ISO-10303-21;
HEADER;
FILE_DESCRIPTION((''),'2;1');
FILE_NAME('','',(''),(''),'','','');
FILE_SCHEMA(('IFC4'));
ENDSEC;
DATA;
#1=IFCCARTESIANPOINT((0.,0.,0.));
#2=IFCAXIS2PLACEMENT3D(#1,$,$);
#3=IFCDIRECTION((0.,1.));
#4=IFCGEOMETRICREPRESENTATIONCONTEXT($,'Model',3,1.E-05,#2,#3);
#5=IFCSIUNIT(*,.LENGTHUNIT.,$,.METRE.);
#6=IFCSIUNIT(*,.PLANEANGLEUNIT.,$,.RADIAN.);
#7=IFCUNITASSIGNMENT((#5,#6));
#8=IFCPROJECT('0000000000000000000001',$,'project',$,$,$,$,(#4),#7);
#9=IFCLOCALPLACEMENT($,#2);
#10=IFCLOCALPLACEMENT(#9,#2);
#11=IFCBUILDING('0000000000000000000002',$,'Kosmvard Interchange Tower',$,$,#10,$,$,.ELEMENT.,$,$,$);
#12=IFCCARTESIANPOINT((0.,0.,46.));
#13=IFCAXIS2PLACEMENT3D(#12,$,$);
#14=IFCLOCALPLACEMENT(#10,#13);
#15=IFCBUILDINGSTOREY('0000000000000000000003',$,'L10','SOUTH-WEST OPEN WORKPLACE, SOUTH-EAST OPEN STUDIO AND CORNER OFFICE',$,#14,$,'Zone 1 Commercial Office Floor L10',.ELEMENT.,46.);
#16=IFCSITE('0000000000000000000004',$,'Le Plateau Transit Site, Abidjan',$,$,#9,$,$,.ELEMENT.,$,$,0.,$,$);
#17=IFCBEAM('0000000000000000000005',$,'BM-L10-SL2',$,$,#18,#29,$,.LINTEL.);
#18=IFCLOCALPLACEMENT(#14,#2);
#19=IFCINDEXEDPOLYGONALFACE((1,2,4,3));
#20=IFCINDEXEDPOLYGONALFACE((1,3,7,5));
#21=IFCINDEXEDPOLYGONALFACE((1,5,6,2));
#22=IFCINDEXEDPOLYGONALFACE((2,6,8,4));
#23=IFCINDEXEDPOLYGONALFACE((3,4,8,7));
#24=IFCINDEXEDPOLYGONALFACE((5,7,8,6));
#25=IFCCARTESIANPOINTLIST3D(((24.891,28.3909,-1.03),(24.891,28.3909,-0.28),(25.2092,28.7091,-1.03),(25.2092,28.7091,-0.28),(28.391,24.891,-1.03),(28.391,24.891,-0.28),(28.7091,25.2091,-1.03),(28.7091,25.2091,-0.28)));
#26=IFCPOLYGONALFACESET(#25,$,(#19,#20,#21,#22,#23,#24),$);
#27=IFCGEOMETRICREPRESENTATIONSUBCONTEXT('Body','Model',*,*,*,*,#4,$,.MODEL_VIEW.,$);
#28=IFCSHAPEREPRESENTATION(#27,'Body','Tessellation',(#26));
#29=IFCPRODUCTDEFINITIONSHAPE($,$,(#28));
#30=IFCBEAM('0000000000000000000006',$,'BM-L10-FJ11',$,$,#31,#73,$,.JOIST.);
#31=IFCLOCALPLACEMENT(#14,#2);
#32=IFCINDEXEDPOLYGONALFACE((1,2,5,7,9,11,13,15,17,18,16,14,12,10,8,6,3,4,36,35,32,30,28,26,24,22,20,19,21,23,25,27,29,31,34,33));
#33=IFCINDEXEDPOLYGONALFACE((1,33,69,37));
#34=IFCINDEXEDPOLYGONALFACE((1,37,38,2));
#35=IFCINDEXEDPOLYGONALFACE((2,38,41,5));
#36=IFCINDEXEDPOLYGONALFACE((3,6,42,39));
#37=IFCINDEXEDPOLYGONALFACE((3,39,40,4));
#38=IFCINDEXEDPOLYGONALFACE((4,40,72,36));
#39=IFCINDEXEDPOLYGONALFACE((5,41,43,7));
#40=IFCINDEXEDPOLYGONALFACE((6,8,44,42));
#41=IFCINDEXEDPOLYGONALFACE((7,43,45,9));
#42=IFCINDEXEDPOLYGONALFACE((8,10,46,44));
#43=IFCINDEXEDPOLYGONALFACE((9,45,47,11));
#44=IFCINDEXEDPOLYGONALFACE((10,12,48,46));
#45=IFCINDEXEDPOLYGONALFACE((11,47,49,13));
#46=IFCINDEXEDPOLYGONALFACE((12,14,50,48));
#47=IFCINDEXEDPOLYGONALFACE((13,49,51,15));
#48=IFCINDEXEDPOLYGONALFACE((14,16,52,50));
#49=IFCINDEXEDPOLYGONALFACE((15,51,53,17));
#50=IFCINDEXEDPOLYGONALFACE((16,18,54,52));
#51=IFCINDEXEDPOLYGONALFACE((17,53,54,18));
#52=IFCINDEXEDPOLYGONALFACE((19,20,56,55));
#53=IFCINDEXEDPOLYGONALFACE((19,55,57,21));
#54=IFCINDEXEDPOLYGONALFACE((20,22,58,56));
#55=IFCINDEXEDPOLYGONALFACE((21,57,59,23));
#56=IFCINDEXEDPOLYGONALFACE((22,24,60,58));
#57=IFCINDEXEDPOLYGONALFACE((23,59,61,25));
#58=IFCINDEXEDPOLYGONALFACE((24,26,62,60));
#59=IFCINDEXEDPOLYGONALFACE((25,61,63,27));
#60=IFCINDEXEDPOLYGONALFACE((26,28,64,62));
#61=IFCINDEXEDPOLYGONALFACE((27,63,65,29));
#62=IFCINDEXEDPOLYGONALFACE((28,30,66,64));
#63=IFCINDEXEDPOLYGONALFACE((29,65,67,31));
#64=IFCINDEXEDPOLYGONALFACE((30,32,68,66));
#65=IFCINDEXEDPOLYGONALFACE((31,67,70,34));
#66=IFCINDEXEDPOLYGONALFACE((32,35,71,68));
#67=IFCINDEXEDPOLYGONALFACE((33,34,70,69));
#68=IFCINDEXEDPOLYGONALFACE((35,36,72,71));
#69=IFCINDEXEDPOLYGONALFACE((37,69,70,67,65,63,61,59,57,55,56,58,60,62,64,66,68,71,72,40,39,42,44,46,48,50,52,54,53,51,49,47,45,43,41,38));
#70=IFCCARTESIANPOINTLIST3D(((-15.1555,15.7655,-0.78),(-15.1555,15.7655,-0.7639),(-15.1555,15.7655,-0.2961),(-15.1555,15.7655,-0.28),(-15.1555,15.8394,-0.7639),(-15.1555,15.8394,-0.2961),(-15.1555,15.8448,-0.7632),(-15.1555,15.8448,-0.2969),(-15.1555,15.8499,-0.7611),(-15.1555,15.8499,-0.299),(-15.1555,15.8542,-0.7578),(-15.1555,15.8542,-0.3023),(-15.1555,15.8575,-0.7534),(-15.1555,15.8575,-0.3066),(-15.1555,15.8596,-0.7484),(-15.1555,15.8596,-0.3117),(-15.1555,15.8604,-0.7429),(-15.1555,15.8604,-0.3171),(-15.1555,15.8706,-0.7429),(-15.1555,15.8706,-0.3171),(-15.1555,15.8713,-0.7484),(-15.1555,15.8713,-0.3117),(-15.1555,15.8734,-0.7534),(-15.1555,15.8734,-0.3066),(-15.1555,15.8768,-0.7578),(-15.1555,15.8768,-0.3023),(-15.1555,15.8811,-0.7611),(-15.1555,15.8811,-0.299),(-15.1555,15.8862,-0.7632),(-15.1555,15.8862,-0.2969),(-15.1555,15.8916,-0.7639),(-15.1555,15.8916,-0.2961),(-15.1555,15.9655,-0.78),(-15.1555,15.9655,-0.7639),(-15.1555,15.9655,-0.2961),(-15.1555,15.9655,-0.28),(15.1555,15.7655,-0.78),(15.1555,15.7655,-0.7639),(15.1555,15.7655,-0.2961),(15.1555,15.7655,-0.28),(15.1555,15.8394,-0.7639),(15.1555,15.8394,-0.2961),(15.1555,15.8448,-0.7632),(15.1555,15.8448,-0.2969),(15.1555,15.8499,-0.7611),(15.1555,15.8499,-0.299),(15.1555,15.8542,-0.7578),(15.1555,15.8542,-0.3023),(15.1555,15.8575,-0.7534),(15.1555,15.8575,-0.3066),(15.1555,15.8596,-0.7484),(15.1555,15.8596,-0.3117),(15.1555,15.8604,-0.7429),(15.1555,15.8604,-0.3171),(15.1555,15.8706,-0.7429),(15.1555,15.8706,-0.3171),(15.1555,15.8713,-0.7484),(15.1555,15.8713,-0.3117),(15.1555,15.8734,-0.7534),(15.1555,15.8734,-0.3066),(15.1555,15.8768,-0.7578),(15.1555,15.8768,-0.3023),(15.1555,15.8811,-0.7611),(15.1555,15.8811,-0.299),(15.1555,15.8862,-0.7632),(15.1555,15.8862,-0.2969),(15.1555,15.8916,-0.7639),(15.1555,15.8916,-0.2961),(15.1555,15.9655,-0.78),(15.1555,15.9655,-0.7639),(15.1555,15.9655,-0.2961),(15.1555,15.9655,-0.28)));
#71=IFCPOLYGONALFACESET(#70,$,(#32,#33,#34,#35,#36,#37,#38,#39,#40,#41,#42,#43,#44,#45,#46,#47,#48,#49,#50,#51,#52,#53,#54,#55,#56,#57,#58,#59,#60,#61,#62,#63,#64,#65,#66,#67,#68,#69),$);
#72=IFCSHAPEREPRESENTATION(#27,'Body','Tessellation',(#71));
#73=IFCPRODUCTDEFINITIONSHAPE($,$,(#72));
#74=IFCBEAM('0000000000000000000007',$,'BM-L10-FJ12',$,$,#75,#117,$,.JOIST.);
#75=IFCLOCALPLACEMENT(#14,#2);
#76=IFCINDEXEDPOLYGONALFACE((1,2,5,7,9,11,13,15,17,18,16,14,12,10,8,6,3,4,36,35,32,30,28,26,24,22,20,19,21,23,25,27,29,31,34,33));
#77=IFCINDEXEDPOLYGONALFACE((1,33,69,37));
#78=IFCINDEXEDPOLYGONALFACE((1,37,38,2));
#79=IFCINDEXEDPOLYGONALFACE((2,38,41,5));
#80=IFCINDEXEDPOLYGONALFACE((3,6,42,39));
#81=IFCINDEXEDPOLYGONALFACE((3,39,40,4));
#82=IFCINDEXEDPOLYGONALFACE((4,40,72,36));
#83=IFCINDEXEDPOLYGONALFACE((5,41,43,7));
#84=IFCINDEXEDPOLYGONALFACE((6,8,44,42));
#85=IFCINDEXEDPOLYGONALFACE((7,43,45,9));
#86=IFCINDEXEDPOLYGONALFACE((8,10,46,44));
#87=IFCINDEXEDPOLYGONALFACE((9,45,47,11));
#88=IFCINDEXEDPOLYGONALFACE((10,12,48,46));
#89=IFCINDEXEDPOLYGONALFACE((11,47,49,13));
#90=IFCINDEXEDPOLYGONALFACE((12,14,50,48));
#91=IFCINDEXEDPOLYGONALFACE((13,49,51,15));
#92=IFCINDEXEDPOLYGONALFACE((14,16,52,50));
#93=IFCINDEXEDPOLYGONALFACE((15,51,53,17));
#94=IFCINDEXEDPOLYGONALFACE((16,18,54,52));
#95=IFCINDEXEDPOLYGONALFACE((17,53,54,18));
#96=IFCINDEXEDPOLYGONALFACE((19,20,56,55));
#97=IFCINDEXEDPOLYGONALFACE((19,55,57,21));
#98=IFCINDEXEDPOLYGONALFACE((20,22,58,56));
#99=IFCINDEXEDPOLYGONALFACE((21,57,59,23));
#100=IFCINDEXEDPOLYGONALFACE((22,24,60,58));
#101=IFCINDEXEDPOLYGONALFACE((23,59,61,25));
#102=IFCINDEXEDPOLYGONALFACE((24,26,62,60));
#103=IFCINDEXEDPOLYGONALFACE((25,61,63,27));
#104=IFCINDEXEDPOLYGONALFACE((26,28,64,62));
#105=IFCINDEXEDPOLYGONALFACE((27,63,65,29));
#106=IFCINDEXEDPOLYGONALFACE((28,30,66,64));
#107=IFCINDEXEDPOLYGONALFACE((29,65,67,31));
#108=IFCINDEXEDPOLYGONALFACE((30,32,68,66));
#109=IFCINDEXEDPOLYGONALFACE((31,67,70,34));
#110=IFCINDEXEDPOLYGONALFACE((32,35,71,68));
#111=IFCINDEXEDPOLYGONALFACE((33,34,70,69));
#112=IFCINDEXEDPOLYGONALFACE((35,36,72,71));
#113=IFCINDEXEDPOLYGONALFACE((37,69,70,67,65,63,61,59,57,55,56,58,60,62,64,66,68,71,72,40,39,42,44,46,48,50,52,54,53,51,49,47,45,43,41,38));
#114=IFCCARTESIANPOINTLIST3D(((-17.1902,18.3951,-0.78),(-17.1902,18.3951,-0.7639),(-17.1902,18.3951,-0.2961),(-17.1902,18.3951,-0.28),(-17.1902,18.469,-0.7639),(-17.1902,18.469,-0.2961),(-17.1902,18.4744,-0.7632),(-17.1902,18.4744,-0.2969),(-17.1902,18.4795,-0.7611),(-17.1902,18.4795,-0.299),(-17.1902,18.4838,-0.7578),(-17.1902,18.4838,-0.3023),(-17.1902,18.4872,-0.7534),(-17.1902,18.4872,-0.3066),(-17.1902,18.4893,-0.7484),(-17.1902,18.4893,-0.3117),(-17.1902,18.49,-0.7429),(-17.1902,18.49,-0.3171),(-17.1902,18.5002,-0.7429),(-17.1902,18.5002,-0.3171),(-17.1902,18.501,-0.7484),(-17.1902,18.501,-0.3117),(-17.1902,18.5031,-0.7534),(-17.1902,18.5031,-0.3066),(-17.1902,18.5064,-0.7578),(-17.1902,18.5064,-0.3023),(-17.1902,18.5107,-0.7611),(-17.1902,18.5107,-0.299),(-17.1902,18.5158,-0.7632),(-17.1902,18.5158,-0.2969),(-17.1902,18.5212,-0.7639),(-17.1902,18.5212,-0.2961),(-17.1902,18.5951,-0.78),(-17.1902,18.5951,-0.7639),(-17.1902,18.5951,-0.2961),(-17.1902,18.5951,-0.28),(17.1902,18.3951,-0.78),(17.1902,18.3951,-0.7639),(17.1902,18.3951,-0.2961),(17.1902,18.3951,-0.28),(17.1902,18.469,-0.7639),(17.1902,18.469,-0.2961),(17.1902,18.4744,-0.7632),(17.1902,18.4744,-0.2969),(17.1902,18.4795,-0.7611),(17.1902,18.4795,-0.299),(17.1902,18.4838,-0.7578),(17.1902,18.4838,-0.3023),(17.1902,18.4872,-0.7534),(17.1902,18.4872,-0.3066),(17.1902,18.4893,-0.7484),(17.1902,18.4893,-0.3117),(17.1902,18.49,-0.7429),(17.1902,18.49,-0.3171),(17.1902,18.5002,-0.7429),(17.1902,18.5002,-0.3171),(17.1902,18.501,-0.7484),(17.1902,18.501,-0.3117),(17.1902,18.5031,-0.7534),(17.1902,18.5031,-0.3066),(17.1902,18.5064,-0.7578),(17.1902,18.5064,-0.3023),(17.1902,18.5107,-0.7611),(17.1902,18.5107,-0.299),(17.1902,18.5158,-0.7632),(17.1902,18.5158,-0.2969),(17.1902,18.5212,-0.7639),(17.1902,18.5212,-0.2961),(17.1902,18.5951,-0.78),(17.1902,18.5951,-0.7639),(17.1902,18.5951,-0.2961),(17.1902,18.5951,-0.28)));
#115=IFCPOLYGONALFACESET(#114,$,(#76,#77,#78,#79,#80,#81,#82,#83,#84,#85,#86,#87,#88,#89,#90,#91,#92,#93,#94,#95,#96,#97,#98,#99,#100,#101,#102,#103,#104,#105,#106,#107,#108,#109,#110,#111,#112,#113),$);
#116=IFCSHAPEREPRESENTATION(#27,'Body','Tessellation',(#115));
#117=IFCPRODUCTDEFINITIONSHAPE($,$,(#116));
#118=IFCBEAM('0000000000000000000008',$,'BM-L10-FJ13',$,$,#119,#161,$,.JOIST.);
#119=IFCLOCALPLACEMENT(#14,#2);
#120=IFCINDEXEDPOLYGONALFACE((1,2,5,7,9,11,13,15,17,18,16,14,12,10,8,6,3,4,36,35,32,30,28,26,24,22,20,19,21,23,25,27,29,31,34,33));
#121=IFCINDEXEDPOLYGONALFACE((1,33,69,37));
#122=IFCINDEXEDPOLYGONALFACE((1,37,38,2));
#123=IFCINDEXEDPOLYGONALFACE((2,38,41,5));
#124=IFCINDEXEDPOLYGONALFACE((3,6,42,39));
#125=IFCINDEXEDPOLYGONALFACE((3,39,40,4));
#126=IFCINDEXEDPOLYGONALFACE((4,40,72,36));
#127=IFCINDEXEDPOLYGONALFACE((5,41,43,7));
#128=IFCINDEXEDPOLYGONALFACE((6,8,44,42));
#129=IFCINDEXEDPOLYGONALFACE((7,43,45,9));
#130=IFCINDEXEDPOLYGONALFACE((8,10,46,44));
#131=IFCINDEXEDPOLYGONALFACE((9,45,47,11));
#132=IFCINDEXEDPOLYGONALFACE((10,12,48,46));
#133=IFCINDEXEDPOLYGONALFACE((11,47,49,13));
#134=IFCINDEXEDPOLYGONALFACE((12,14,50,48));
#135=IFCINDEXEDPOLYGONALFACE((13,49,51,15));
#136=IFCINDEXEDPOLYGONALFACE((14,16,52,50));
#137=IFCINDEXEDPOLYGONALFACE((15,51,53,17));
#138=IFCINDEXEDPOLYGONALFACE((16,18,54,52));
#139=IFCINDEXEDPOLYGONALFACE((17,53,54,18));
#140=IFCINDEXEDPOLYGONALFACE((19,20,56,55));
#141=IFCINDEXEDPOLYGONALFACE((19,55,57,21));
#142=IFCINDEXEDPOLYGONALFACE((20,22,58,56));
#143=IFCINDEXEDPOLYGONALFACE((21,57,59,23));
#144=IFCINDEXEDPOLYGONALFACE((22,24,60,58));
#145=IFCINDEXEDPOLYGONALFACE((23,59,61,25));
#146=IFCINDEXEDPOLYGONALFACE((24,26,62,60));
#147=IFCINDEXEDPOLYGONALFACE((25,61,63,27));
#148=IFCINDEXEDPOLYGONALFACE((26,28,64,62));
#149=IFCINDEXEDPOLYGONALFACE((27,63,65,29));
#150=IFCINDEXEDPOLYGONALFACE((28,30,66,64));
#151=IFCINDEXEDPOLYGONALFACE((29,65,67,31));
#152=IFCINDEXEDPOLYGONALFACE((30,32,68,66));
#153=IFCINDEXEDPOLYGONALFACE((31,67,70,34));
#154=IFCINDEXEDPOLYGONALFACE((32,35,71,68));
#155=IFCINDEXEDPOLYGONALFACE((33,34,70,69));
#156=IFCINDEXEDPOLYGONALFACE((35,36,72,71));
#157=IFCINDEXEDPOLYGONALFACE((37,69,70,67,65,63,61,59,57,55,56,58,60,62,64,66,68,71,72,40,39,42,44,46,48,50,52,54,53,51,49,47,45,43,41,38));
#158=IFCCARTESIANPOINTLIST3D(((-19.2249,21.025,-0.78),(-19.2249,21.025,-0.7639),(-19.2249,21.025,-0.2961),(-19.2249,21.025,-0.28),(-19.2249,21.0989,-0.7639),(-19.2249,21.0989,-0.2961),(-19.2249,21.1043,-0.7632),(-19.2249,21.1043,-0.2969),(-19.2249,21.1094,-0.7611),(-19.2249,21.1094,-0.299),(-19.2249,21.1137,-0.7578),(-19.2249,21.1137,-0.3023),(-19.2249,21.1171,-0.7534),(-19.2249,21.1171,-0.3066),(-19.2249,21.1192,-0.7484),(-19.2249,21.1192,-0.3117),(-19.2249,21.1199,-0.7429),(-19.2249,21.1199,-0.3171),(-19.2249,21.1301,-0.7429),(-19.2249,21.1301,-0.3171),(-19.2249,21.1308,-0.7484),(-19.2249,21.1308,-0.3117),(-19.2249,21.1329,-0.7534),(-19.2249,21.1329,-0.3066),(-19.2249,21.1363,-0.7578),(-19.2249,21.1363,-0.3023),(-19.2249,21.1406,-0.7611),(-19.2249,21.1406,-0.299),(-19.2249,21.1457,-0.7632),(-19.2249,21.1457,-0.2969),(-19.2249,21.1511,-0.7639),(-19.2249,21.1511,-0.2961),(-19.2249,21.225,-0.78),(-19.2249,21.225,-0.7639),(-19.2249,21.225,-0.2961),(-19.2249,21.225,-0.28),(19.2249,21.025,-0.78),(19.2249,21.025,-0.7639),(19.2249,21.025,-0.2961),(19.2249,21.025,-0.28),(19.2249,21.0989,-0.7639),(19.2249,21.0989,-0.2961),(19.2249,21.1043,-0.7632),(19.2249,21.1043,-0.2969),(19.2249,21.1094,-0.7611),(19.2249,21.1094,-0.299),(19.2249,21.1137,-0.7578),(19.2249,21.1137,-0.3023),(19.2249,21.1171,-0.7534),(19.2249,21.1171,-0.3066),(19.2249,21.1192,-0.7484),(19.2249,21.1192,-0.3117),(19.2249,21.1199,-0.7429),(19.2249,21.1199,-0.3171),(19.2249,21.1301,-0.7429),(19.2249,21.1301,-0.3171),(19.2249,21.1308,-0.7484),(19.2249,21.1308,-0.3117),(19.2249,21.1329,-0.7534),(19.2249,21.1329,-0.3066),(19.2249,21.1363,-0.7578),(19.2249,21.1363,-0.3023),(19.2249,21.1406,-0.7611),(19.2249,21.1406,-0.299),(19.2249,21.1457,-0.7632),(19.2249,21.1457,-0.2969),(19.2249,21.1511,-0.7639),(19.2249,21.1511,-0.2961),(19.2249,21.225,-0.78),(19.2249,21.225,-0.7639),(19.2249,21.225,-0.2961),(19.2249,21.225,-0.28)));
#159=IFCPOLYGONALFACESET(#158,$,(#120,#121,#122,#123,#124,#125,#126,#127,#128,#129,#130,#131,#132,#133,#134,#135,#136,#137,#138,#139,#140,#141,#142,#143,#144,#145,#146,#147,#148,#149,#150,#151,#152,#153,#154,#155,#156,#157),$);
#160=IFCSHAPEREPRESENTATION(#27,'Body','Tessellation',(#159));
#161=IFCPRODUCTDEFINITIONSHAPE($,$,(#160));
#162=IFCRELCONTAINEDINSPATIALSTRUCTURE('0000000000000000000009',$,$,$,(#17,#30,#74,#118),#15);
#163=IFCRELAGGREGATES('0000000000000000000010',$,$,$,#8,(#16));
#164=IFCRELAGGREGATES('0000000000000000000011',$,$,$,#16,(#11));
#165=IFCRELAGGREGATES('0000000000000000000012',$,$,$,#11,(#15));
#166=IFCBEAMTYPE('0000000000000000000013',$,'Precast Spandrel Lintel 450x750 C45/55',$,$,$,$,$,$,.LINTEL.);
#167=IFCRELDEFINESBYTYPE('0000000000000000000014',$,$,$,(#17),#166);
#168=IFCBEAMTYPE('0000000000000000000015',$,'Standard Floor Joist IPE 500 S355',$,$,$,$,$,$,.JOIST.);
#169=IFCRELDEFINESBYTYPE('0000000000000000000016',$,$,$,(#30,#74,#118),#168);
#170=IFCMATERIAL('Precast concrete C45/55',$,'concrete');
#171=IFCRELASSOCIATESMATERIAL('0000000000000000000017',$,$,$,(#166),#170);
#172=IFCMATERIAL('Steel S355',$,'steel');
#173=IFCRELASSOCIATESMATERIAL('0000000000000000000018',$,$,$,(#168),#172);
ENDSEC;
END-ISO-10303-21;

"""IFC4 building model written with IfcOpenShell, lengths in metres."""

from ifc_helpers import new_model, si_unit, direction, frame, origin, origin_2d, place, context, subcontext, project, spatial, rectangle, i_section, extrude, source, transform, mapped, material, material_profile, profile_set, type_object, element, save


model = new_model("IFC4")

# Units and contexts
model_context = context("Model", 3, precision=1e-05, world=origin(), true_north=direction((0.0, 1.0)))
body_context = subcontext(model_context, "Body", "Model", "MODEL_VIEW")
ifc_project = project(units=[si_unit("LENGTHUNIT", "METRE"), si_unit("PLANEANGLEUNIT", "RADIAN")], contexts=[model_context])

# Site, building, storey
site_placement = place(None, origin())
site = spatial("IfcSite", under=ifc_project, at=site_placement, Name="Le Plateau Transit Site, Abidjan", CompositionType="ELEMENT", RefElevation=0.0)
building_placement = place(site_placement, origin())
building = spatial("IfcBuilding", under=site, at=building_placement, Name="Kosmvard Interchange Tower", CompositionType="ELEMENT")
storey_placement = place(building_placement, frame((0.0, 0.0, 46.0)))
storey = spatial("IfcBuildingStorey", under=building, at=storey_placement, Name="L10", Description="SOUTH-WEST OPEN WORKPLACE, SOUTH-EAST OPEN STUDIO AND CORNER OFFICE", LongName="Zone 1 Commercial Office Floor L10", CompositionType="ELEMENT", Elevation=46.0)

# Beams
ifc_material_1 = material(Name="Steel S355", Category="steel")
ifc_material_2 = material(Name="Precast concrete C45/55", Category="concrete")
ifc_material_profile_1 = material_profile(ifc_material_2, rectangle(XDim=0.45, YDim=0.75, at=origin_2d()), Name="SL 450x750")
ifc_profile_set_1 = profile_set([ifc_material_profile_1], Name="Precast concrete C45/55")
beam_type_1 = type_object("IfcBeamType", Name="Precast Spandrel Lintel 450x750 C45/55", PredefinedType="LINTEL", material=ifc_profile_set_1)
shared_shape_1 = source(origin(), body_context, "Body", "SweptSolid", [
    extrude(rectangle(XDim=0.45, YDim=0.75, at=origin_2d()), origin(), (0.0, 0.0, 1.0), 4.9497),
])
beam_1_placement = place(storey_placement, frame((28.55, 25.05, -0.655), z_axis=(-0.707107, 0.707107, 0.0), x_axis=(-0.707107, -0.707107, 0.0)))
element("IfcBeam", 1, at=beam_1_placement, inside=storey, type_object=beam_type_1, Name="BM-L10-SL2", PredefinedType="LINTEL", context=body_context, shape_type="MappedRepresentation", body=[
    mapped(shared_shape_1, transform((0.0, 0.0, 0.0), scale=1.0)),
])
ifc_material_profile_2 = material_profile(ifc_material_1, i_section(OverallWidth=0.2, OverallDepth=0.5, WebThickness=0.0103, FlangeThickness=0.0161, FilletRadius=0.021, at=origin_2d()), Name="IPE 500")
ifc_profile_set_2 = profile_set([ifc_material_profile_2], Name="Steel S355")
beam_type_2 = type_object("IfcBeamType", Name="Standard Floor Joist IPE 500 S355", PredefinedType="JOIST", material=ifc_profile_set_2)
shared_shape_2 = source(origin(), body_context, "Body", "SweptSolid", [
    extrude(i_section(OverallWidth=0.2, OverallDepth=0.5, WebThickness=0.0103, FlangeThickness=0.0161, FilletRadius=0.021, at=origin_2d()), origin(), (0.0, 0.0, 1.0), 30.311),
])
beam_2_placement = place(storey_placement, frame((15.1555, 15.8655, -0.53), z_axis=(-1.0, 0.0, 0.0), x_axis=(0.0, -1.0, 0.0)))
element("IfcBeam", 2, at=beam_2_placement, inside=storey, type_object=beam_type_2, Name="BM-L10-FJ11", PredefinedType="JOIST", context=body_context, shape_type="MappedRepresentation", body=[
    mapped(shared_shape_2, transform((0.0, 0.0, 0.0), scale=1.0)),
])
shared_shape_3 = source(origin(), body_context, "Body", "SweptSolid", [
    extrude(i_section(OverallWidth=0.2, OverallDepth=0.5, WebThickness=0.0103, FlangeThickness=0.0161, FilletRadius=0.021, at=origin_2d()), origin(), (0.0, 0.0, 1.0), 34.3804),
])
beam_3_placement = place(storey_placement, frame((17.1902, 18.4951, -0.53), z_axis=(-1.0, 0.0, 0.0), x_axis=(0.0, -1.0, 0.0)))
element("IfcBeam", 3, at=beam_3_placement, inside=storey, type_object=beam_type_2, Name="BM-L10-FJ12", PredefinedType="JOIST", context=body_context, shape_type="MappedRepresentation", body=[
    mapped(shared_shape_3, transform((0.0, 0.0, 0.0), scale=1.0)),
])
shared_shape_4 = source(origin(), body_context, "Body", "SweptSolid", [
    extrude(i_section(OverallWidth=0.2, OverallDepth=0.5, WebThickness=0.0103, FlangeThickness=0.0161, FilletRadius=0.021, at=origin_2d()), origin(), (0.0, 0.0, 1.0), 38.4497),
])
beam_4_placement = place(storey_placement, frame((19.2249, 21.125, -0.53), z_axis=(-1.0, 0.0, 0.0), x_axis=(0.0, -1.0, 0.0)))
element("IfcBeam", 4, at=beam_4_placement, inside=storey, type_object=beam_type_2, Name="BM-L10-FJ13", PredefinedType="JOIST", context=body_context, shape_type="MappedRepresentation", body=[
    mapped(shared_shape_4, transform((0.0, 0.0, 0.0), scale=1.0)),
])

save(model, "model.ifc")
